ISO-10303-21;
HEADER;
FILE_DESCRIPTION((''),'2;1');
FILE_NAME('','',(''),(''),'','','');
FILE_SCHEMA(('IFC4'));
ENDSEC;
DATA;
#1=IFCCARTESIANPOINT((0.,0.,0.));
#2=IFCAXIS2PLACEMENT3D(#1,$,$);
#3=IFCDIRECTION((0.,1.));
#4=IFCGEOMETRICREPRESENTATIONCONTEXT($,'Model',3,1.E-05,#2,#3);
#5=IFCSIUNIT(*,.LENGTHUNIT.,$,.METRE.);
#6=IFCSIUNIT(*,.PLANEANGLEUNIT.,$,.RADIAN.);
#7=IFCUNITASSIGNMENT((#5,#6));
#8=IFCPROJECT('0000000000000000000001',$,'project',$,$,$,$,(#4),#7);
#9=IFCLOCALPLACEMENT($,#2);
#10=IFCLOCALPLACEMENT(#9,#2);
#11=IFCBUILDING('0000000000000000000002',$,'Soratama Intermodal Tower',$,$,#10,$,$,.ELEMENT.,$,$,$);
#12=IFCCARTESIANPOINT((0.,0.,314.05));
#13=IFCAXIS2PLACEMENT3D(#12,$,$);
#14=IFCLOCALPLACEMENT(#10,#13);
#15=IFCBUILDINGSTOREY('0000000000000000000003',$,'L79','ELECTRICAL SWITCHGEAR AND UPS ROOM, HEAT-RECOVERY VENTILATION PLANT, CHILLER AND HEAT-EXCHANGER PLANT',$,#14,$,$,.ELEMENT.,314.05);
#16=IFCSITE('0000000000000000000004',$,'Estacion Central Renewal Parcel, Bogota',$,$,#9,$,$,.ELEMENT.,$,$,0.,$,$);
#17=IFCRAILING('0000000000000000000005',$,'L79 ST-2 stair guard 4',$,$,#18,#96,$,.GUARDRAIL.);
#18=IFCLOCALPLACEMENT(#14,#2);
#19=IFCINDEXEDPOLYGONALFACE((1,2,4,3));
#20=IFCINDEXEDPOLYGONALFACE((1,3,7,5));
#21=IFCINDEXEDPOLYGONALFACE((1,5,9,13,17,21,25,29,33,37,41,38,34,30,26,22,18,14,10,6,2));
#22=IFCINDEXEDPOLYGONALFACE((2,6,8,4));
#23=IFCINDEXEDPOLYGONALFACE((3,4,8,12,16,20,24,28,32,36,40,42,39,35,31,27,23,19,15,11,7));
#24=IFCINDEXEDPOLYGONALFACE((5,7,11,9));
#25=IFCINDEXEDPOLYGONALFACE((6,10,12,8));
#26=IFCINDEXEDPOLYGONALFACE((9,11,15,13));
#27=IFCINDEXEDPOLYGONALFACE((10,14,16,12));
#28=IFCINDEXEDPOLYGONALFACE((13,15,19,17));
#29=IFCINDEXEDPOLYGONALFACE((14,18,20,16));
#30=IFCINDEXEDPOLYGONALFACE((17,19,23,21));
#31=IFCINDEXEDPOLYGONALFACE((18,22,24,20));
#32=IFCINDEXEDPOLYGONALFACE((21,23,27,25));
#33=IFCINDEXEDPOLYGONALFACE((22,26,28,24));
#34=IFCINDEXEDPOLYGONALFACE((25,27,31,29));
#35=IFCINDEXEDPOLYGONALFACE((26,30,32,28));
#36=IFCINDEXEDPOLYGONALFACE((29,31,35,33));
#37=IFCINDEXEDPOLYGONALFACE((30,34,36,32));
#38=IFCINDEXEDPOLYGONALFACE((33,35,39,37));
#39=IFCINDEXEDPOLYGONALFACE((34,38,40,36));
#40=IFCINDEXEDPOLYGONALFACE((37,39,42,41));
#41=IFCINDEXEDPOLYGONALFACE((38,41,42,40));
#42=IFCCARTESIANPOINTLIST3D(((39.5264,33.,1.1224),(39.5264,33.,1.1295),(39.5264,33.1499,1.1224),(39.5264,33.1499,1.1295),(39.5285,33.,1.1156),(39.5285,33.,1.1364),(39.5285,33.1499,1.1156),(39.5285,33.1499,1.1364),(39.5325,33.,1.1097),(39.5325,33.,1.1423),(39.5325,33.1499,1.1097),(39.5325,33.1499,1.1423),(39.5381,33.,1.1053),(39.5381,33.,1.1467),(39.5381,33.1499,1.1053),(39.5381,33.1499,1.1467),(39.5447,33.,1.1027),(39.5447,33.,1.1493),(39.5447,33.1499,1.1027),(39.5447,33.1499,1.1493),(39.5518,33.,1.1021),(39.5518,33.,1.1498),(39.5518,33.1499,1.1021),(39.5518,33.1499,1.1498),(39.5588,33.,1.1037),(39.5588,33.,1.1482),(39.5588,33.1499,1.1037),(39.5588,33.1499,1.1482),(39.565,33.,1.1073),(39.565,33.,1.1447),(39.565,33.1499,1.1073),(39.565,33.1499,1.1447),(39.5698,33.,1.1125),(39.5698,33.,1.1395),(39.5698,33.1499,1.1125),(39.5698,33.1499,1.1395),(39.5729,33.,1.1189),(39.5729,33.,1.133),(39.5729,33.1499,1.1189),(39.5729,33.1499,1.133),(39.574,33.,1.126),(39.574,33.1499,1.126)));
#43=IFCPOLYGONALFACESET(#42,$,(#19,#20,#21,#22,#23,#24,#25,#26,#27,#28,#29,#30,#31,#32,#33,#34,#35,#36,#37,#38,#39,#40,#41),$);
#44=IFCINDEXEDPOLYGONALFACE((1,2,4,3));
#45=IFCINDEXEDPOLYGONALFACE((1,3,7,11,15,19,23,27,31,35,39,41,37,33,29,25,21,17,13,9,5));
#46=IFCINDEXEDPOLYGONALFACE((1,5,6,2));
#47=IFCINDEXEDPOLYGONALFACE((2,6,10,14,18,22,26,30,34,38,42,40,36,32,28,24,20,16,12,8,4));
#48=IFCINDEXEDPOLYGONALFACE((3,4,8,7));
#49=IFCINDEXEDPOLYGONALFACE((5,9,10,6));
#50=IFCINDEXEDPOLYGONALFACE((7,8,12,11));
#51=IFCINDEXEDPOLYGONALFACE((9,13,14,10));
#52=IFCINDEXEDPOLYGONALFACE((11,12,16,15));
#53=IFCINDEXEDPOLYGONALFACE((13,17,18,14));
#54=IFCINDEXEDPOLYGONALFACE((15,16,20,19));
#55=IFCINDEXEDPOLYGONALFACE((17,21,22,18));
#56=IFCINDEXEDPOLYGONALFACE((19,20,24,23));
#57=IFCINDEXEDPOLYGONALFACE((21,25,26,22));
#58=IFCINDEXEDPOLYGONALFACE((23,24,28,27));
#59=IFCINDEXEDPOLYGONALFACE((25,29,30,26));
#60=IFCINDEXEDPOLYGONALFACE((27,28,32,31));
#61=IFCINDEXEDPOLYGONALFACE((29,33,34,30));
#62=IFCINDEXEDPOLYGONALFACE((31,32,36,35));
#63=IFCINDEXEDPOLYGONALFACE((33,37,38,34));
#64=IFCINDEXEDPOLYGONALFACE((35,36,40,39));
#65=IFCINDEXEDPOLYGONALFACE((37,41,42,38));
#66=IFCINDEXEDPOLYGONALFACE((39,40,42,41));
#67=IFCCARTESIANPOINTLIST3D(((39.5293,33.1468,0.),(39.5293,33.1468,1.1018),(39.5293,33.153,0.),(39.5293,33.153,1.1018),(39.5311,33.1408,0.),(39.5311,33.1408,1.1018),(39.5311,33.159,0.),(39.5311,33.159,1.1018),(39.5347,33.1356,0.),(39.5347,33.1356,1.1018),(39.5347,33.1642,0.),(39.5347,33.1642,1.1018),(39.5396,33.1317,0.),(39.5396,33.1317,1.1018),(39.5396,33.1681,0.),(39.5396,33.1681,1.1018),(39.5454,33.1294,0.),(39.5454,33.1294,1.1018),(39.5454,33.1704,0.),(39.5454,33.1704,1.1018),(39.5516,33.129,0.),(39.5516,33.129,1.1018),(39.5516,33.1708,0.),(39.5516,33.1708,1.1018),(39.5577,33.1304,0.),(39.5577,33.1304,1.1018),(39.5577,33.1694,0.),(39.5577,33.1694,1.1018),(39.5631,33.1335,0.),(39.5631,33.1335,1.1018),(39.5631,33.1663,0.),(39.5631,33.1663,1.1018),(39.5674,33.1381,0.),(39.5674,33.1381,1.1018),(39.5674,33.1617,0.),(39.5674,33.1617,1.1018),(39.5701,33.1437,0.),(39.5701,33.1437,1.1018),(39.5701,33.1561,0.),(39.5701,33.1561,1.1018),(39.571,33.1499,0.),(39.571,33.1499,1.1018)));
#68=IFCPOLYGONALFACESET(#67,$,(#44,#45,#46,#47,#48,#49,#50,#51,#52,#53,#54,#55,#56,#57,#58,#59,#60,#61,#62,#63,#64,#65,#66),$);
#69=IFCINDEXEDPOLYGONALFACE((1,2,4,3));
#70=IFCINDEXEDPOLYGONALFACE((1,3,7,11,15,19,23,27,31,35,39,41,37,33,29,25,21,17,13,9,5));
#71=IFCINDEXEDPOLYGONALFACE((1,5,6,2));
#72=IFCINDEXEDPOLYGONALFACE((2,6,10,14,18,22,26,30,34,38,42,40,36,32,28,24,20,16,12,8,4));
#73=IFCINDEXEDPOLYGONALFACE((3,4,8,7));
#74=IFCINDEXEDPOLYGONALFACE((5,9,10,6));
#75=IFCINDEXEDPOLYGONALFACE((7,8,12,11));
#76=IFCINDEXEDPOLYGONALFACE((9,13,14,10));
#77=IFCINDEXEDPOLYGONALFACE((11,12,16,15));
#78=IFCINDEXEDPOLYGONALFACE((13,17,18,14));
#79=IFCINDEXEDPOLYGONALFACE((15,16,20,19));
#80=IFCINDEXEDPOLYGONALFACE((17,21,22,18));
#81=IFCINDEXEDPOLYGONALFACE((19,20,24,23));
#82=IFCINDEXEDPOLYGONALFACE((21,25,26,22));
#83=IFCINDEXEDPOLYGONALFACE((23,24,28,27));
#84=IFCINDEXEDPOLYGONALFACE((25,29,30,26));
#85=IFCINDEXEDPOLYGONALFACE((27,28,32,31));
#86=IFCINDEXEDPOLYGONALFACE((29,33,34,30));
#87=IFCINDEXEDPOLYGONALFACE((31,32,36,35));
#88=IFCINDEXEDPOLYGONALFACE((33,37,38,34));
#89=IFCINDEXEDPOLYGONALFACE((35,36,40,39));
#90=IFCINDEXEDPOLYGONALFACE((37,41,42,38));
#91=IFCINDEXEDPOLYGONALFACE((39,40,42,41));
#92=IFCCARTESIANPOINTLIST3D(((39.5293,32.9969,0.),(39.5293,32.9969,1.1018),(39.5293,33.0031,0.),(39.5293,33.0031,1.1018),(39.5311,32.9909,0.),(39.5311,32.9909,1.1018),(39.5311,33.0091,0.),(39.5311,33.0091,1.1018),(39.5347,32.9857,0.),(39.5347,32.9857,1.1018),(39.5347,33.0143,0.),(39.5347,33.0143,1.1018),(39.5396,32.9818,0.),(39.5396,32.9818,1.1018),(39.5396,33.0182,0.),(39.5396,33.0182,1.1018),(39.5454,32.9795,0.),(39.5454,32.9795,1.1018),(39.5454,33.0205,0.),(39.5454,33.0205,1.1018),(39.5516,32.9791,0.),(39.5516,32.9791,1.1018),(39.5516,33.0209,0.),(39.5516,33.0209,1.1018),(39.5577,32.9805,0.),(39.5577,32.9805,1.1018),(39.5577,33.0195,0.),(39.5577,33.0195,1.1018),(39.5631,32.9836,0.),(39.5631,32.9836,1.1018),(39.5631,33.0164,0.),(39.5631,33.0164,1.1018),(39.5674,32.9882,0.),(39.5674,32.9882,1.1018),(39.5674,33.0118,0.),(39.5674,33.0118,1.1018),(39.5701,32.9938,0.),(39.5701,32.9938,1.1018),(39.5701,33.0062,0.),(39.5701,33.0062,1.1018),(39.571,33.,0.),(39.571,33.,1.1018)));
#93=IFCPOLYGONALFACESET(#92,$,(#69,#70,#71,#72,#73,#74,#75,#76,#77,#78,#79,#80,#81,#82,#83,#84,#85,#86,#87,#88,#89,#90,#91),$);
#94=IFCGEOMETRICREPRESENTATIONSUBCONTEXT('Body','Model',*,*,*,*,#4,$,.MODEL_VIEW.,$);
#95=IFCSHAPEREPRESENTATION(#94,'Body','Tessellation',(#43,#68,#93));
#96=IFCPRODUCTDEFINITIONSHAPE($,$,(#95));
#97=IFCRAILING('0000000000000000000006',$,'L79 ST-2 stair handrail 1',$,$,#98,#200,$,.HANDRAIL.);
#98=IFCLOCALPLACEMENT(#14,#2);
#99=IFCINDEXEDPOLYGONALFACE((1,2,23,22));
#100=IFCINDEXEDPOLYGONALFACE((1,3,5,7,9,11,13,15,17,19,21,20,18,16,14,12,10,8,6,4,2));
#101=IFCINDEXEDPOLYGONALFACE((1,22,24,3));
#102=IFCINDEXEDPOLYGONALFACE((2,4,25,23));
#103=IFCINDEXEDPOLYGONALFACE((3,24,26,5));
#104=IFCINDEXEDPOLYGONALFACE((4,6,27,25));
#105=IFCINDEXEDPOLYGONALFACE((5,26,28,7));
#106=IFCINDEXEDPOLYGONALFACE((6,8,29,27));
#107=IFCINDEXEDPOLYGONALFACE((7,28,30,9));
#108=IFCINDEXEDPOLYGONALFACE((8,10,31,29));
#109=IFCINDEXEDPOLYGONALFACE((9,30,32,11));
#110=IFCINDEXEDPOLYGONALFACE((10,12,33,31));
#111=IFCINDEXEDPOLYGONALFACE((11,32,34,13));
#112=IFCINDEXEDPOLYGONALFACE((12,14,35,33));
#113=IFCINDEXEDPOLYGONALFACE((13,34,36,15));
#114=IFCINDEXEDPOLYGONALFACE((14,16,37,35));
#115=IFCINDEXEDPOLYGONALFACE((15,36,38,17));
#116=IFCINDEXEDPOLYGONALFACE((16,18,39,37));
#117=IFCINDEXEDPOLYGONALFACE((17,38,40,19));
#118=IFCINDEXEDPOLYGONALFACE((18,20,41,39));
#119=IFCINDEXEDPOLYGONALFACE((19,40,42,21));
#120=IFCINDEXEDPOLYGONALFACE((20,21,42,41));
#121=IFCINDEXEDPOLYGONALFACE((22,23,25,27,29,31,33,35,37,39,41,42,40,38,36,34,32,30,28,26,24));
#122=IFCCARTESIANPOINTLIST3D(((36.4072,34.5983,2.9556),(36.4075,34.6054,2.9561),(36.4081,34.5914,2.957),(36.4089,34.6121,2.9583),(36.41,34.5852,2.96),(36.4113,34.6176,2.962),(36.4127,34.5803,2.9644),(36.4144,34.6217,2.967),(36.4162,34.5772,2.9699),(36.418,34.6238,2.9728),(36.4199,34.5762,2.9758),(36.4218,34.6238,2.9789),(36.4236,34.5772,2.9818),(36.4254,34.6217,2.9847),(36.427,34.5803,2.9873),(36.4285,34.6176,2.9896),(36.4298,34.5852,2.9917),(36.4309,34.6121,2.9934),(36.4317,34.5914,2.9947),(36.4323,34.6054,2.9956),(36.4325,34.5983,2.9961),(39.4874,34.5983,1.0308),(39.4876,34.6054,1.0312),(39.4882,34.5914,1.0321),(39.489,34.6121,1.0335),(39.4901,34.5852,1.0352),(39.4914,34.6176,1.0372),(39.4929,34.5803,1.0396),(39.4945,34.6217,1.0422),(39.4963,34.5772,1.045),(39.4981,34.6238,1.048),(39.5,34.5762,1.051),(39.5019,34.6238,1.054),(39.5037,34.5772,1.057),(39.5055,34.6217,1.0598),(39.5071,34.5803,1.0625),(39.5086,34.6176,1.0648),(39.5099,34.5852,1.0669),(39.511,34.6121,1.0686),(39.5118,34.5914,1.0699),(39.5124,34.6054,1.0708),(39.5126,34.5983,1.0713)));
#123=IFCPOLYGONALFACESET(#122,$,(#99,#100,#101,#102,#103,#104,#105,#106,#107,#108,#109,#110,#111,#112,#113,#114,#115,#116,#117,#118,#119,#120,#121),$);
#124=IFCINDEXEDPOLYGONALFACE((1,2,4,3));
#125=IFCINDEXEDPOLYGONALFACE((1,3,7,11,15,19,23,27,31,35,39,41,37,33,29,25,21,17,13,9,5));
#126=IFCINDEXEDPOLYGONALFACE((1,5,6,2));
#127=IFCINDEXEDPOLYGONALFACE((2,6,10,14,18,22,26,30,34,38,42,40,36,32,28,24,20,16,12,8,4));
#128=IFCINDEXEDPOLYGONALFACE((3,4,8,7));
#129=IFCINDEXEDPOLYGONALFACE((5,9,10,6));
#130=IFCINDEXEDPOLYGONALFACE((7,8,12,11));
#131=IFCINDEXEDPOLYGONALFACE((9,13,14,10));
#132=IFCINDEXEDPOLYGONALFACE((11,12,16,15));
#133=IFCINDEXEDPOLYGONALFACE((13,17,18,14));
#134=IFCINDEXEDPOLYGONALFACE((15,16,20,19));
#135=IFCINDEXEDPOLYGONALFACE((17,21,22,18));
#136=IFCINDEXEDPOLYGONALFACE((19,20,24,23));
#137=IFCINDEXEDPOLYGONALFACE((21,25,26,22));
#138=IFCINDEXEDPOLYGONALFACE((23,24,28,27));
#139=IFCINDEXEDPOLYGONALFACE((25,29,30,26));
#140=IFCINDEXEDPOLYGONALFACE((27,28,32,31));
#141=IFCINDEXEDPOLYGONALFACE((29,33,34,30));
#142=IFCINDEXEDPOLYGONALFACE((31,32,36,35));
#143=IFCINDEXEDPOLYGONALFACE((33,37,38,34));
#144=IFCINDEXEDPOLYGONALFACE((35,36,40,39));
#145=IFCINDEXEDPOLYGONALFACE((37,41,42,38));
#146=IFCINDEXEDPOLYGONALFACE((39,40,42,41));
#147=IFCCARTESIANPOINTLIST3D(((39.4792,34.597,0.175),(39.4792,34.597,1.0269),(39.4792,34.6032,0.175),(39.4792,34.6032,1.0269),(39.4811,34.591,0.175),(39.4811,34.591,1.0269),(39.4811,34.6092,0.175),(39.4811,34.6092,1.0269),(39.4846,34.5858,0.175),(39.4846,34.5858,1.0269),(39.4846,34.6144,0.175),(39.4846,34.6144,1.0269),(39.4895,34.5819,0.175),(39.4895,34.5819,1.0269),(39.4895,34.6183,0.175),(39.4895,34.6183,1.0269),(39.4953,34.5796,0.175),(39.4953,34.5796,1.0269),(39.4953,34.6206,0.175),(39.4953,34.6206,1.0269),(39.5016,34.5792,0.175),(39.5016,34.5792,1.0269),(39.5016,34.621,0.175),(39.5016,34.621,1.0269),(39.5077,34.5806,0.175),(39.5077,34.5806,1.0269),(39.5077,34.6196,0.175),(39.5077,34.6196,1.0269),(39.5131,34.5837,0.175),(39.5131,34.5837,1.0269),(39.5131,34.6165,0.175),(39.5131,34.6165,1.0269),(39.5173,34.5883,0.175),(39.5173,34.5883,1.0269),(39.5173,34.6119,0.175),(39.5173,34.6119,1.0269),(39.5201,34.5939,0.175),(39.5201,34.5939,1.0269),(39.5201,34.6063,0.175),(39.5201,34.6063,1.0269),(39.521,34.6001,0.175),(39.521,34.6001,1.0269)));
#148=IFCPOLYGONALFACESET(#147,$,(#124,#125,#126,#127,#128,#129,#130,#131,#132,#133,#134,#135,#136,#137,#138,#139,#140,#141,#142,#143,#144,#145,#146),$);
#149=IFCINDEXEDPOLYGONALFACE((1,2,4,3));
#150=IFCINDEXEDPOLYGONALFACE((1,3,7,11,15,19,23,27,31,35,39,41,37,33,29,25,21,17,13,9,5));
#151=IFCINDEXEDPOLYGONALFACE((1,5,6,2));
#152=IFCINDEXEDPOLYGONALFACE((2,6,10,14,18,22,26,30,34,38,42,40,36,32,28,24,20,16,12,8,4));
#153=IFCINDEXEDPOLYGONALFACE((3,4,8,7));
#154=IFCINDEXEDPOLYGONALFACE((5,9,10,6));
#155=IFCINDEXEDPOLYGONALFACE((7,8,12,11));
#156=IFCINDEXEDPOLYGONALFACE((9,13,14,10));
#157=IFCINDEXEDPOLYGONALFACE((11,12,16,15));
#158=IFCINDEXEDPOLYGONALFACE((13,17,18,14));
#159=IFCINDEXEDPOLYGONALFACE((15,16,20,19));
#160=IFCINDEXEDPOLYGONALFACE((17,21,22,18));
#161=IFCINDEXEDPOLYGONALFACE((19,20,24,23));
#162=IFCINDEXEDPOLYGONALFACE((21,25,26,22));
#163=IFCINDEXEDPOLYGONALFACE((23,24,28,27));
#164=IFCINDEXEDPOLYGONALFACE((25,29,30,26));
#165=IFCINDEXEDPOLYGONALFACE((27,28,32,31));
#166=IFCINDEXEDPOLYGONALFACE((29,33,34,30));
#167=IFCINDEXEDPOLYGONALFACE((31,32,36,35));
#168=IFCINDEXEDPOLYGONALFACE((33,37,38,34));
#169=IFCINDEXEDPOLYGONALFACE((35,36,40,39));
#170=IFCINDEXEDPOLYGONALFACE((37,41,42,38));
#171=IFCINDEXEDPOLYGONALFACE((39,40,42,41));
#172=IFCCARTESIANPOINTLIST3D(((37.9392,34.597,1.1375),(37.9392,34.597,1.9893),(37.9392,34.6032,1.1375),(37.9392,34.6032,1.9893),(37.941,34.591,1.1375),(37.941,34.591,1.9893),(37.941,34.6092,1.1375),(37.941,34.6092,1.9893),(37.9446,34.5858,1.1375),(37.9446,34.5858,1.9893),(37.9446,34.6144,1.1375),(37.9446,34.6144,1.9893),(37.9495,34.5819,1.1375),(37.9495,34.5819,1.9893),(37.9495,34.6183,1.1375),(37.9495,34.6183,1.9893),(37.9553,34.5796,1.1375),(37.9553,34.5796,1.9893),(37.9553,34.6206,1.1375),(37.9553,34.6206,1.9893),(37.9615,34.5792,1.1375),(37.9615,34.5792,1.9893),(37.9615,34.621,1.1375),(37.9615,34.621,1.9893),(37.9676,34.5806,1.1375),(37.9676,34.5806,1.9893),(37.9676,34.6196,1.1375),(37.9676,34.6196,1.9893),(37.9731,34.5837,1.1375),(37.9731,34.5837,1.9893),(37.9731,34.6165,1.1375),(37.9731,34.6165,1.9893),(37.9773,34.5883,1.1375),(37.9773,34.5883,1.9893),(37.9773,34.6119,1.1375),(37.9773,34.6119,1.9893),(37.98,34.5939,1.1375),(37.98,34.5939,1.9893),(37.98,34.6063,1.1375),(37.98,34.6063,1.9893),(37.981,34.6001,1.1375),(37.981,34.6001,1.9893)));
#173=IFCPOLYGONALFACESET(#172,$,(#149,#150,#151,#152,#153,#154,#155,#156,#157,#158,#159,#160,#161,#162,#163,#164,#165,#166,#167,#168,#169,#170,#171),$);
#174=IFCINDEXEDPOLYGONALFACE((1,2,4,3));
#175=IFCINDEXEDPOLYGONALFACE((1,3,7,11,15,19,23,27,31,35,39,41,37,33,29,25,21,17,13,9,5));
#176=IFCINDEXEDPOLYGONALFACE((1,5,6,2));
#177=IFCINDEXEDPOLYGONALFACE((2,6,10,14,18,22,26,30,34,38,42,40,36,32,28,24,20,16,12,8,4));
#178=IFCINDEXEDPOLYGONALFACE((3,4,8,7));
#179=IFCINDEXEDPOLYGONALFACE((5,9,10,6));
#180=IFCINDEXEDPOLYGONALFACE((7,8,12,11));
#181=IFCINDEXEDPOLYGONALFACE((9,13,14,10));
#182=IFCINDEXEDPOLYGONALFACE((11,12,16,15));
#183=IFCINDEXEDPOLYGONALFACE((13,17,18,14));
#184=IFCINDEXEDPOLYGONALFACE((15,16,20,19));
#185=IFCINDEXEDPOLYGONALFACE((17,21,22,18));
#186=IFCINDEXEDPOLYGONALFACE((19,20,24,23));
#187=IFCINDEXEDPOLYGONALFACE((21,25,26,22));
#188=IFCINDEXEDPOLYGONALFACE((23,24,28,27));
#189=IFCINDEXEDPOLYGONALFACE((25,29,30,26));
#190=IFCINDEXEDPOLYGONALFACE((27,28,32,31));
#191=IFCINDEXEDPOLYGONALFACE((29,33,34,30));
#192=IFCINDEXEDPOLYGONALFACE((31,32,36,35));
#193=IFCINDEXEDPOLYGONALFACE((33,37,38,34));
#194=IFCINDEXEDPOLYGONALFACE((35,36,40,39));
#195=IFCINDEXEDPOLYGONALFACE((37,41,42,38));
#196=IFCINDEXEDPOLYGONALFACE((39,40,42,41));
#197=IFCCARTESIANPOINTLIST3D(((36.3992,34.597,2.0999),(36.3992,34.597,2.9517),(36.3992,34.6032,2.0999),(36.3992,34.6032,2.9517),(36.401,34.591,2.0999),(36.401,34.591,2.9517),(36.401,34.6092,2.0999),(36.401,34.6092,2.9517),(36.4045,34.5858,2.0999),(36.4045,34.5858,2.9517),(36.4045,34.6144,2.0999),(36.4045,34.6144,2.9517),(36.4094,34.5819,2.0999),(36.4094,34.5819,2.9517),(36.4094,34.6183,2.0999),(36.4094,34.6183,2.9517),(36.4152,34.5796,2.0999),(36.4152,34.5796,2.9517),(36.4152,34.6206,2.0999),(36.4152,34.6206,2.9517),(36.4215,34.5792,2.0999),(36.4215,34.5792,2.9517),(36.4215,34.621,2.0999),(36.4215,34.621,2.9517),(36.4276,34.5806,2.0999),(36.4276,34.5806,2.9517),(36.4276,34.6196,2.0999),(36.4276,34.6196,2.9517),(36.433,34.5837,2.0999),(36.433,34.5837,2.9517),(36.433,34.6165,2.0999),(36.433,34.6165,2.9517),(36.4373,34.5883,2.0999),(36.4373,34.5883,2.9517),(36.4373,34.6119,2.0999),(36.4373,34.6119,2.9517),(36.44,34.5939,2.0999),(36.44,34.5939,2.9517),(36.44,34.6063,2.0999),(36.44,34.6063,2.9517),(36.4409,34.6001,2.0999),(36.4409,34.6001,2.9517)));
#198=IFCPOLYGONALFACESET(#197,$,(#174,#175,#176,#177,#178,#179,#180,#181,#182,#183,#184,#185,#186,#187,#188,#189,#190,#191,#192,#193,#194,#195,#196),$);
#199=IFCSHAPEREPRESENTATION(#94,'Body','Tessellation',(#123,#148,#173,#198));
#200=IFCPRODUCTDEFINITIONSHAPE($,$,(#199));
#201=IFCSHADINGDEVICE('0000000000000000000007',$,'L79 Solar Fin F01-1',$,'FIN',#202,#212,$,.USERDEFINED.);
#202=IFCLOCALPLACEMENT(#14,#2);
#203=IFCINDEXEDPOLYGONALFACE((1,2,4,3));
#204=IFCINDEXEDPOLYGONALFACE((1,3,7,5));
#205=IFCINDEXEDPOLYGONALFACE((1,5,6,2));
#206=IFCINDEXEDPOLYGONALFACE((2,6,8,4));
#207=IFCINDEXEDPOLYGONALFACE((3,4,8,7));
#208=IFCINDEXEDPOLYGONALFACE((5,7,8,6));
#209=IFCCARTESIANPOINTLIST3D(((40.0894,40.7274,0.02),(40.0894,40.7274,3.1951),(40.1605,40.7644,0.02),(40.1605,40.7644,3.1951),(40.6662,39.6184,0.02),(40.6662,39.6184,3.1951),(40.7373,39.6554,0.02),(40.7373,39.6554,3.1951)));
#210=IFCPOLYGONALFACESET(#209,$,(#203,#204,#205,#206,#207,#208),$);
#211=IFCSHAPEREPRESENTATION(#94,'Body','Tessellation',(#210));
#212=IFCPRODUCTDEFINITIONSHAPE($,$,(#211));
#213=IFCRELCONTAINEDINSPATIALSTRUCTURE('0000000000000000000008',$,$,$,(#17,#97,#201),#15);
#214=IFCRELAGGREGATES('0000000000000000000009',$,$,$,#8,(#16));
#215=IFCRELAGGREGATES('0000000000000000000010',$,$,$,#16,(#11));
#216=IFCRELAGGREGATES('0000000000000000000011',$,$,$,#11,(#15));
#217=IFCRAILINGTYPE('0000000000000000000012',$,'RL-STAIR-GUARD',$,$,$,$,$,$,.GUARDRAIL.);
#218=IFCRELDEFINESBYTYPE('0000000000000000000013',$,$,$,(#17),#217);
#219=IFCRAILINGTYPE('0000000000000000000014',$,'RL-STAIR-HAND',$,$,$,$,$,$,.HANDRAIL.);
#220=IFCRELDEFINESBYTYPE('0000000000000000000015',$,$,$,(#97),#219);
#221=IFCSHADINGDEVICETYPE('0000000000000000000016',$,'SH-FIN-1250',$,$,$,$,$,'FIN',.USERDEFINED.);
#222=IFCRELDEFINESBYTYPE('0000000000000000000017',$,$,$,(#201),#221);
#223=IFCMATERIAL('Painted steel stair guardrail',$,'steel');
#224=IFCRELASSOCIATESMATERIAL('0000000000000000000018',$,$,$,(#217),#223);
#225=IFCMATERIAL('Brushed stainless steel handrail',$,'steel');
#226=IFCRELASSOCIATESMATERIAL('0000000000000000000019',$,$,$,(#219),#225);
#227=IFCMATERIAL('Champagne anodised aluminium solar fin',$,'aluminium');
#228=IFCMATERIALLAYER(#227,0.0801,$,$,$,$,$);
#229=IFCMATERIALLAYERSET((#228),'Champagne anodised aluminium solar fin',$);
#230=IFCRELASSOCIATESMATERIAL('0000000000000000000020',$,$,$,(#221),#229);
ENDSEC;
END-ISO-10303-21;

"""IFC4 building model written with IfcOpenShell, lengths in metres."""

from ifc_helpers import new_model, si_unit, direction, frame, origin, origin_2d, place, context, subcontext, project, spatial, rectangle, circle, extrude, material, layer, layer_set, type_object, element, save


model = new_model("IFC4")

# Units and contexts
model_context = context("Model", 3, precision=1e-05, world=origin(), true_north=direction((0.0, 1.0)))
body_context = subcontext(model_context, "Body", "Model", "MODEL_VIEW")
ifc_project = project(units=[si_unit("LENGTHUNIT", "METRE"), si_unit("PLANEANGLEUNIT", "RADIAN")], contexts=[model_context])

# Site, building, storey
site_placement = place(None, origin())
site = spatial("IfcSite", under=ifc_project, at=site_placement, Name="Estacion Central Renewal Parcel, Bogota", CompositionType="ELEMENT", RefElevation=0.0)
building_placement = place(site_placement, origin())
building = spatial("IfcBuilding", under=site, at=building_placement, Name="Soratama Intermodal Tower", CompositionType="ELEMENT")
storey_placement = place(building_placement, frame((0.0, 0.0, 314.05)))
storey = spatial("IfcBuildingStorey", under=building, at=storey_placement, Name="L79", Description="ELECTRICAL SWITCHGEAR AND UPS ROOM, HEAT-RECOVERY VENTILATION PLANT, CHILLER AND HEAT-EXCHANGER PLANT", CompositionType="ELEMENT", Elevation=314.05)

# Railings
ifc_material_1 = material(Name="Painted steel stair guardrail", Category="steel")
railing_type_1 = type_object("IfcRailingType", Name="RL-STAIR-GUARD", PredefinedType="GUARDRAIL", material=ifc_material_1)
railing_1_placement = place(storey_placement, frame((39.55, 33.1499, 0.0)))
element("IfcRailing", 1, at=railing_1_placement, inside=storey, type_object=railing_type_1, Name="L79 ST-2 stair guard 4", PredefinedType="GUARDRAIL", context=body_context, shape_type="SweptSolid", body=[
    extrude(circle(Radius=0.0239, at=origin_2d()), frame((0.0, 0.0, 1.126), z_axis=(0.0, -1.0, 0.0), x_axis=(1.0, 0.0, 0.0)), (0.0, 0.0, 1.0), 0.1499),
    extrude(circle(Radius=0.021, at=origin_2d()), origin(), (0.0, 0.0, 1.0), 1.1018),
    extrude(circle(Radius=0.021, at=origin_2d()), frame((0.0, -0.1499, 0.0)), (0.0, 0.0, 1.0), 1.1018),
])
ifc_material_2 = material(Name="Brushed stainless steel handrail", Category="steel")
railing_type_2 = type_object("IfcRailingType", Name="RL-STAIR-HAND", PredefinedType="HANDRAIL", material=ifc_material_2)
railing_2_placement = place(storey_placement, frame((39.5, 34.6001, 0.175)))
element("IfcRailing", 2, at=railing_2_placement, inside=storey, type_object=railing_type_2, Name="L79 ST-2 stair handrail 1", PredefinedType="HANDRAIL", context=body_context, shape_type="SweptSolid", body=[
    extrude(circle(Radius=0.0239, at=origin_2d()), frame((0.0, 0.0, 0.876), z_axis=(-0.848029, 0.0, 0.529951), x_axis=(0.0, -1.0, 0.0)), (0.0, 0.0, 1.0), 3.6321),
    extrude(circle(Radius=0.021, at=origin_2d()), origin(), (0.0, 0.0, 1.0), 0.8518),
    extrude(circle(Radius=0.021, at=origin_2d()), frame((-1.54, 0.0, 0.9624)), (0.0, 0.0, 1.0), 0.8518),
    extrude(circle(Radius=0.021, at=origin_2d()), frame((-3.0801, 0.0, 1.9248)), (0.0, 0.0, 1.0), 0.8518),
])

# Shading device
ifc_material_3 = material(Name="Champagne anodised aluminium solar fin", Category="aluminium")
ifc_layer_1 = layer(ifc_material_3, 0.0801)
ifc_layer_set_1 = layer_set([ifc_layer_1], Name="Champagne anodised aluminium solar fin")
shading_device_type_1 = type_object("IfcShadingDeviceType", Name="SH-FIN-1250", ElementType="FIN", PredefinedType="USERDEFINED", material=ifc_layer_set_1)
shading_device_1_placement = place(storey_placement, frame((40.4133, 40.1914, 0.02), z_axis=(0.0, 0.0, 1.0), x_axis=(-0.461439, 0.887172, 0.0)))
element("IfcShadingDevice", 3, at=shading_device_1_placement, inside=storey, type_object=shading_device_type_1, Name="L79 Solar Fin F01-1", ObjectType="FIN", PredefinedType="USERDEFINED", context=body_context, shape_type="SweptSolid", body=[
    extrude(rectangle(XDim=1.25, YDim=0.0801, at=origin_2d()), origin(), (0.0, 0.0, 1.0), 3.175),
])

save(model, "model.ifc")
